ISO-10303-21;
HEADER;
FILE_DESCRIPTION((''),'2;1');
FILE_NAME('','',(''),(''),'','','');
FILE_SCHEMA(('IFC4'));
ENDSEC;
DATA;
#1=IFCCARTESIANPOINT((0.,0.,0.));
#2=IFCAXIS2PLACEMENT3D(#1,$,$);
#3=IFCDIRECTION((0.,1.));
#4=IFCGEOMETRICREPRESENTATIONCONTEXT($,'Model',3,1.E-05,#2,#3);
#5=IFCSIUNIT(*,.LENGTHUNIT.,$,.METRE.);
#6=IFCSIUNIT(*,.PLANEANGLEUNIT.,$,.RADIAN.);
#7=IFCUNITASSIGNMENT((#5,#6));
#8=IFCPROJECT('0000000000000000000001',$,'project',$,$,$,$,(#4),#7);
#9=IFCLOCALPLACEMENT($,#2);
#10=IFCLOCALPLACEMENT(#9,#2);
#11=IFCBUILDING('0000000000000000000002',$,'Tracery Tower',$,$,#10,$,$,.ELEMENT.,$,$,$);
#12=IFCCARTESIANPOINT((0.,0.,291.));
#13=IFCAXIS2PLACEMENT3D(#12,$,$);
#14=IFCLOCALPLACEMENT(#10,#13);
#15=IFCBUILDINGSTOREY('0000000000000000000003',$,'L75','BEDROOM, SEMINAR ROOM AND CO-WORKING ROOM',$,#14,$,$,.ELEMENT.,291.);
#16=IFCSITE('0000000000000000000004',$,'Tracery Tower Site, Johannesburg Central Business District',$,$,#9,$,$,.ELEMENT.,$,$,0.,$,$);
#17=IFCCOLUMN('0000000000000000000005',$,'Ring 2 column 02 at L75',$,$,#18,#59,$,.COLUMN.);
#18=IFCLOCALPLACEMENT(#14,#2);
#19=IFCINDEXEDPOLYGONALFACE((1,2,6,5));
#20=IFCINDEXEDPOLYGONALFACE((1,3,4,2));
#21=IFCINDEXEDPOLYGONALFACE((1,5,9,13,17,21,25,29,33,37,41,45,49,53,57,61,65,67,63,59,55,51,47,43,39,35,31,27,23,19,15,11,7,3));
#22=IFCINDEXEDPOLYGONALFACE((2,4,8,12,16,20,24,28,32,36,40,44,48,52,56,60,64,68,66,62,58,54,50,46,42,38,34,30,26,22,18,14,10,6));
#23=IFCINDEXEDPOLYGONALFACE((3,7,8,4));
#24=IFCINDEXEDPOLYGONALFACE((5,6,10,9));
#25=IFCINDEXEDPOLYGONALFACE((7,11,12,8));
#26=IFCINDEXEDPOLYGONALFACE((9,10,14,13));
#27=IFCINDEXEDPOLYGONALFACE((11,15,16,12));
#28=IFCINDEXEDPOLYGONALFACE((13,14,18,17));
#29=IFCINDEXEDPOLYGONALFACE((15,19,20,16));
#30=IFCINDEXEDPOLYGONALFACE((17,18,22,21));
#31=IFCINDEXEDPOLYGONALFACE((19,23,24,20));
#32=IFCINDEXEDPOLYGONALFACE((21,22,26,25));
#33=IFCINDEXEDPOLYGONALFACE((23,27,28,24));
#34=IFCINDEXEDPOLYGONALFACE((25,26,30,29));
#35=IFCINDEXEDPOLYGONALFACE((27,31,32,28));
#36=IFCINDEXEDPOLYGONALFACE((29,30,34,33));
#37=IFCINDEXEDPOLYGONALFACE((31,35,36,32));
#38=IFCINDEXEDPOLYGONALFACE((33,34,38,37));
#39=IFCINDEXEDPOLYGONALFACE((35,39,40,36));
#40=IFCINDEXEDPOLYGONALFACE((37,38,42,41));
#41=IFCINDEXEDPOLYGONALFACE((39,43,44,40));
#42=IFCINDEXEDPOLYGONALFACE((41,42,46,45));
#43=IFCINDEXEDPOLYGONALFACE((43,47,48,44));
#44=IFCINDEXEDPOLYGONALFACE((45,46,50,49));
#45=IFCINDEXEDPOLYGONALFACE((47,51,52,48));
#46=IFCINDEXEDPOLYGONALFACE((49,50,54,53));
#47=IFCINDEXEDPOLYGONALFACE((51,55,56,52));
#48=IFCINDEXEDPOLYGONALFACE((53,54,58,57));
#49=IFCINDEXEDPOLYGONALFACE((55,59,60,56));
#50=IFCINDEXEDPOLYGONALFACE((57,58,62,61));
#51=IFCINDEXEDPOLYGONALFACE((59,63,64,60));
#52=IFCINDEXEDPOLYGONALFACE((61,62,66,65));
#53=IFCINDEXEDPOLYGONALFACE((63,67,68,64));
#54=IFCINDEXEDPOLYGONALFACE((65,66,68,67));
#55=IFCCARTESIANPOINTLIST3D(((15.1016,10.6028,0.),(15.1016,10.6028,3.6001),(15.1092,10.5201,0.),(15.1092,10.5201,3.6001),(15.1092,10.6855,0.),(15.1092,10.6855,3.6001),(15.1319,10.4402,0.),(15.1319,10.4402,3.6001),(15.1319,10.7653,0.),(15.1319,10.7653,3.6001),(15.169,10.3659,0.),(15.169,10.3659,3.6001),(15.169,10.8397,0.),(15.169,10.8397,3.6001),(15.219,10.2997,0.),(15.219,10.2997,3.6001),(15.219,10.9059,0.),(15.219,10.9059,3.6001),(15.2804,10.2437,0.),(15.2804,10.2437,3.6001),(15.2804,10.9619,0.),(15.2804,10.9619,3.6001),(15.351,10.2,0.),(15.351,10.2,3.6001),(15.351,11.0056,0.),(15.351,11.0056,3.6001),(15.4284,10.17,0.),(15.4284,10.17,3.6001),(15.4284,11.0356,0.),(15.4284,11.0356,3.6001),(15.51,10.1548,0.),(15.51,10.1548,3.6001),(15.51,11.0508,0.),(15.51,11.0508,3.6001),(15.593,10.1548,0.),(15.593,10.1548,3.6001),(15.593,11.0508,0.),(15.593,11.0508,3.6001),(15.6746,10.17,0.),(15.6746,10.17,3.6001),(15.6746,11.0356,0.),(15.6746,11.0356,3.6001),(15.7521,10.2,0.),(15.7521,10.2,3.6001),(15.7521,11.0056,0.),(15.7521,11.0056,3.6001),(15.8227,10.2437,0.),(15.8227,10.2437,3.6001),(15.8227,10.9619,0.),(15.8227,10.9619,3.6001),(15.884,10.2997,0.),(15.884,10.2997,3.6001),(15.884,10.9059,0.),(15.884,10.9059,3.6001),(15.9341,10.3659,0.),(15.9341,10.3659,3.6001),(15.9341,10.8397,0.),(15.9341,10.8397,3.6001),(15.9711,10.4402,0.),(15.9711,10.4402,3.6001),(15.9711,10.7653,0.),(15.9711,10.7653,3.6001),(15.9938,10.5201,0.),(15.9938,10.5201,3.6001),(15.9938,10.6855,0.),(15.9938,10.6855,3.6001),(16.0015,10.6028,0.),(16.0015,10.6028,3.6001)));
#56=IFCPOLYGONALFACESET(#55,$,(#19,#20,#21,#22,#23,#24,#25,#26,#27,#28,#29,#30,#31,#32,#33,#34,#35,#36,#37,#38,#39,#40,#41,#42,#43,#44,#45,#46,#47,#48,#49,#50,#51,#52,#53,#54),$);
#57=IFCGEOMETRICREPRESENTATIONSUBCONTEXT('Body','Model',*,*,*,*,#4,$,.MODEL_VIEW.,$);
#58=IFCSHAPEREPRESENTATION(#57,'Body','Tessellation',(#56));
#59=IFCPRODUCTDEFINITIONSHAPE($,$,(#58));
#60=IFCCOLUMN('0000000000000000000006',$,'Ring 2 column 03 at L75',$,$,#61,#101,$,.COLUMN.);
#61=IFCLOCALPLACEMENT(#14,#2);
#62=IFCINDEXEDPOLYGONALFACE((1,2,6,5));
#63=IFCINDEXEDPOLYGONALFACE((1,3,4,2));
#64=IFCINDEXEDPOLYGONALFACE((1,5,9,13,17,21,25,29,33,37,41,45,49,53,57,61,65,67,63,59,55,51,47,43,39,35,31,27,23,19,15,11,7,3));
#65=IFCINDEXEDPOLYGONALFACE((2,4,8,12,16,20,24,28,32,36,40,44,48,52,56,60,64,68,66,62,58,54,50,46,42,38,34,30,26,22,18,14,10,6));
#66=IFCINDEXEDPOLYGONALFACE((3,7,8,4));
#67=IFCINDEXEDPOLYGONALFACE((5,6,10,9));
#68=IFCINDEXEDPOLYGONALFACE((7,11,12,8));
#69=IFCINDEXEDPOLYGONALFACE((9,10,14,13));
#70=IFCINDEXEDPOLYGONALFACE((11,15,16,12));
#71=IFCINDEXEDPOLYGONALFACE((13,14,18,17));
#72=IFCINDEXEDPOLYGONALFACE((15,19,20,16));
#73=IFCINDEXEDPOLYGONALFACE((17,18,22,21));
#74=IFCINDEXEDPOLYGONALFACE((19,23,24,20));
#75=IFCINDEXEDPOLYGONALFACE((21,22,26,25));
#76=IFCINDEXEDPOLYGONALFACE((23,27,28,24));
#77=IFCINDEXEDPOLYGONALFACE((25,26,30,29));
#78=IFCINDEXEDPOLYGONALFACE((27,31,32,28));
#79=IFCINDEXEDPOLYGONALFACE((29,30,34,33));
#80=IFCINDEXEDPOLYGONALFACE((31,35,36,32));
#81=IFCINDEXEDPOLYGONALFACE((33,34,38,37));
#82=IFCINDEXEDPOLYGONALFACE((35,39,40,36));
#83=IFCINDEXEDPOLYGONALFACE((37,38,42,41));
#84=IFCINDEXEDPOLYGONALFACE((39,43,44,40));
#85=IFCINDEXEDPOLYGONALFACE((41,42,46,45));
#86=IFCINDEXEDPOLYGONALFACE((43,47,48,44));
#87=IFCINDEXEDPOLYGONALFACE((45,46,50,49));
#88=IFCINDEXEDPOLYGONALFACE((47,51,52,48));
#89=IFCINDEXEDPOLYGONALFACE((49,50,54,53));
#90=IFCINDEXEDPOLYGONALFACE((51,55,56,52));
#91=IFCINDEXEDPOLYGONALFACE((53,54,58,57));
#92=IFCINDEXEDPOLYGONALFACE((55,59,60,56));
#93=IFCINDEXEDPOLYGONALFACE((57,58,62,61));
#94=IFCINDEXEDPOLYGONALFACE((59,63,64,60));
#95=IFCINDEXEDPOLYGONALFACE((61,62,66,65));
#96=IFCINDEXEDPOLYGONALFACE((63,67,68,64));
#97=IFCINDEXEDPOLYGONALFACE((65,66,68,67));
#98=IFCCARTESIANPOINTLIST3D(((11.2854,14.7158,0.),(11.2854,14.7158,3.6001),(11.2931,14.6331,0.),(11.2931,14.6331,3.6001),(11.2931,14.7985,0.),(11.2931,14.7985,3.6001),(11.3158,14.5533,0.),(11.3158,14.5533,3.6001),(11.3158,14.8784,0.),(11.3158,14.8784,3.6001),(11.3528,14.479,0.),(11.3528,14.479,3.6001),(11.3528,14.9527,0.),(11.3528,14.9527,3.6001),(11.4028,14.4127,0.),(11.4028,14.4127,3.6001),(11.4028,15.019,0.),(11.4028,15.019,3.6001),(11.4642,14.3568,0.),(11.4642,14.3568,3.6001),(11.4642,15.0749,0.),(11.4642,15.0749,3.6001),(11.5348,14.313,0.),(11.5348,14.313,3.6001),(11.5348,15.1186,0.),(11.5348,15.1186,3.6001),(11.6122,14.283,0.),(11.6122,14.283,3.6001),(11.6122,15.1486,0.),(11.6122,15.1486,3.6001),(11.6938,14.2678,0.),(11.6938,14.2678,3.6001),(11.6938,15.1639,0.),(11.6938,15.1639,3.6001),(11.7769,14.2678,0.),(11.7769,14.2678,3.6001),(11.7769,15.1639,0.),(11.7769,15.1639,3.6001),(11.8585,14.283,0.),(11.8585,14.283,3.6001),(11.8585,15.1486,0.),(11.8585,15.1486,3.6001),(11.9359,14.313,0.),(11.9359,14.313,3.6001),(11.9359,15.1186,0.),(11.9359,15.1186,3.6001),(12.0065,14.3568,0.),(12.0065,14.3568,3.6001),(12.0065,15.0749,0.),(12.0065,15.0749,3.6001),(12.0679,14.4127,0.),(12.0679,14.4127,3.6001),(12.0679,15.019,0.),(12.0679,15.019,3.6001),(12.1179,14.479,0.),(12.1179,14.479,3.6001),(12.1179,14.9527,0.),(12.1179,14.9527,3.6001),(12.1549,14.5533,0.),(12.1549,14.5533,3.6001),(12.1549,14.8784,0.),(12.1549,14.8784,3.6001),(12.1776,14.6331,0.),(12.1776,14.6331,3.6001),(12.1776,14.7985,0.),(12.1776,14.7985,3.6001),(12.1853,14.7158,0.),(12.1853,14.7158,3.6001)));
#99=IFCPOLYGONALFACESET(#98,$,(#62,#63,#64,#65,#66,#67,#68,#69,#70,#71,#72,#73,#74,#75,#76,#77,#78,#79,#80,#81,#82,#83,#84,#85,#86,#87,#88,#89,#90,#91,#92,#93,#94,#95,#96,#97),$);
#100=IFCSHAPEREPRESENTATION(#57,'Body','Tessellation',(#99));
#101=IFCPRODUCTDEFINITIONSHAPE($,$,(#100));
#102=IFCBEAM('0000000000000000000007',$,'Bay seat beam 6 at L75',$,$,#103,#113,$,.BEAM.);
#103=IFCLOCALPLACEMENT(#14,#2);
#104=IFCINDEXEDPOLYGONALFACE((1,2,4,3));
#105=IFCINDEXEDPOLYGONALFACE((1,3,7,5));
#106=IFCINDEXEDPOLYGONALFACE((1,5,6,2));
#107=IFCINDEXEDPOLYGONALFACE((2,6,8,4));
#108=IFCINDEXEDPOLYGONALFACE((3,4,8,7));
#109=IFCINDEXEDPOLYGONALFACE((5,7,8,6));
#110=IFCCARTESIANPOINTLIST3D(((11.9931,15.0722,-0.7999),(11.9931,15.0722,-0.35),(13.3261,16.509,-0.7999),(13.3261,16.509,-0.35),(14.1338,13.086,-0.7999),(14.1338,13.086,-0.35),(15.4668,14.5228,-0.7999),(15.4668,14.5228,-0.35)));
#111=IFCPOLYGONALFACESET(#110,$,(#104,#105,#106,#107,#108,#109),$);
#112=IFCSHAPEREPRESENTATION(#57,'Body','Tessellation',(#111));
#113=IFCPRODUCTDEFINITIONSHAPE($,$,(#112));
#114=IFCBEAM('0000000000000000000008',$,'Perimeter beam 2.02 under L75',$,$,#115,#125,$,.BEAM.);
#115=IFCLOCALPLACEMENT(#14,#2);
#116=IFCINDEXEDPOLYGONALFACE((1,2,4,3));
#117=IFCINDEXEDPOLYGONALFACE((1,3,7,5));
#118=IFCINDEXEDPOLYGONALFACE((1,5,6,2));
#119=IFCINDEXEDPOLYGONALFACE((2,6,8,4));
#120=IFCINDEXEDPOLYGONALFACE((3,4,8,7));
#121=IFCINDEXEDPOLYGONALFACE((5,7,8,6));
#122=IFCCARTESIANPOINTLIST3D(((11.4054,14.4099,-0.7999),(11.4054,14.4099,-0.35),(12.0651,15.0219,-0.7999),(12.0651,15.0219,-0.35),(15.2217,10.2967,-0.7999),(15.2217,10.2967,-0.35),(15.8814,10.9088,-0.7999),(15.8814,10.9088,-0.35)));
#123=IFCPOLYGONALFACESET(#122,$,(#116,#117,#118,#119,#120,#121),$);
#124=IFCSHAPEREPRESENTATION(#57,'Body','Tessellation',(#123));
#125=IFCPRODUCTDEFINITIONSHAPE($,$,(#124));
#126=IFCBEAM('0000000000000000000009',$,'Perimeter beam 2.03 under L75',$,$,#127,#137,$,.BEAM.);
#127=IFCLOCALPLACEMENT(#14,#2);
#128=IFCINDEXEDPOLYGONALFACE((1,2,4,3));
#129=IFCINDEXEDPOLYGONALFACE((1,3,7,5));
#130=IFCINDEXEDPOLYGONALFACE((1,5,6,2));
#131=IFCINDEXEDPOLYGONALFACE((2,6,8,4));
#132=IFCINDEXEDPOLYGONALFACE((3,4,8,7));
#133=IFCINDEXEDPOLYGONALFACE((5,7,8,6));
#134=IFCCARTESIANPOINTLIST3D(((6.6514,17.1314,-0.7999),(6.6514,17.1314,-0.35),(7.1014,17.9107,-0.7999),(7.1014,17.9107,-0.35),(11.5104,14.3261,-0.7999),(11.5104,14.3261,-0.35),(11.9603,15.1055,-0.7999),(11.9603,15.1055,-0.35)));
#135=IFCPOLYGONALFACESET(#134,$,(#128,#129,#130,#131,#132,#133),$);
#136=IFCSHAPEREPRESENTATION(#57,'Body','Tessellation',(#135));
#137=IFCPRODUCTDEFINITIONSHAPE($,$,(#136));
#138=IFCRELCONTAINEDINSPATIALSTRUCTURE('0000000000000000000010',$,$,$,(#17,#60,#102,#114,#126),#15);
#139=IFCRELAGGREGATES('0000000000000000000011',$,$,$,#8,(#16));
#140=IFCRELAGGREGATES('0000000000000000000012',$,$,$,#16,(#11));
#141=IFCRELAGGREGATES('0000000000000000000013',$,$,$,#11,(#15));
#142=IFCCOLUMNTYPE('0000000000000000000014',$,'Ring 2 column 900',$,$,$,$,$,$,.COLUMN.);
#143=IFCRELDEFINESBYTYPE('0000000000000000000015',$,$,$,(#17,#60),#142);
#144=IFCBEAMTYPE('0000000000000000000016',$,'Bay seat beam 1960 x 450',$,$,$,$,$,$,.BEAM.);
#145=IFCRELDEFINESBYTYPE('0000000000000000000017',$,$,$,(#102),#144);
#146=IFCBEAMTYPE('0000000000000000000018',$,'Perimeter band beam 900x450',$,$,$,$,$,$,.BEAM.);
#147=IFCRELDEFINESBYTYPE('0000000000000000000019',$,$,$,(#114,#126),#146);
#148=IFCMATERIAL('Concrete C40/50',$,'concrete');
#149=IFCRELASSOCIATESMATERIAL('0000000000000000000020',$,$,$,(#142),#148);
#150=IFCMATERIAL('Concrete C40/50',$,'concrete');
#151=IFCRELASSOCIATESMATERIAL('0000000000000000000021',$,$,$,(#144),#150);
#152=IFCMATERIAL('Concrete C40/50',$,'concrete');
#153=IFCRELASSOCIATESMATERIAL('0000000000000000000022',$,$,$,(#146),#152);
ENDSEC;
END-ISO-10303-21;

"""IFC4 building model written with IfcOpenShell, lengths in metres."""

from ifc_helpers import new_model, si_unit, direction, frame, origin, origin_2d, place, context, subcontext, project, spatial, rectangle, circle, extrude, material, material_profile, profile_set, type_object, element, save


model = new_model("IFC4")

# Units and contexts
model_context = context("Model", 3, precision=1e-05, world=origin(), true_north=direction((0.0, 1.0)))
body_context = subcontext(model_context, "Body", "Model", "MODEL_VIEW")
ifc_project = project(units=[si_unit("LENGTHUNIT", "METRE"), si_unit("PLANEANGLEUNIT", "RADIAN")], contexts=[model_context])

# Site, building, storey
site_placement = place(None, origin())
site = spatial("IfcSite", under=ifc_project, at=site_placement, Name="Tracery Tower Site, Johannesburg Central Business District", CompositionType="ELEMENT", RefElevation=0.0)
building_placement = place(site_placement, origin())
building = spatial("IfcBuilding", under=site, at=building_placement, Name="Tracery Tower", CompositionType="ELEMENT")
storey_placement = place(building_placement, frame((0.0, 0.0, 291.0)))
storey = spatial("IfcBuildingStorey", under=building, at=storey_placement, Name="L75", Description="BEDROOM, SEMINAR ROOM AND CO-WORKING ROOM", CompositionType="ELEMENT", Elevation=291.0)

# Columns
ifc_material_1 = material(Name="Concrete C40/50", Category="concrete")
ifc_material_profile_1 = material_profile(ifc_material_1, circle(Radius=0.45, at=origin_2d()), Name="RC D900")
ifc_profile_set_1 = profile_set([ifc_material_profile_1], Name="Concrete C40/50")
column_type = type_object("IfcColumnType", Name="Ring 2 column 900", PredefinedType="COLUMN", material=ifc_profile_set_1)
for number, where, z_axis, x_axis, name in (
    (1, (15.5515, 10.6028, 0.0), (0.0, 0.0, 1.0), (1.0, 0.0, 0.0), "Ring 2 column 02 at L75"),
    (2, (11.7354, 14.7158, 0.0), (0.0, 0.0, 1.0), (1.0, 0.0, 0.0), "Ring 2 column 03 at L75"),
):
    element("IfcColumn", number, at=place(storey_placement, frame(where, z_axis=z_axis, x_axis=x_axis)), inside=storey, type_object=column_type, Name=name, PredefinedType="COLUMN", context=body_context, shape_type="SweptSolid", body=[
        extrude(circle(Radius=0.45, at=origin_2d()), origin(), (0.0, 0.0, 1.0), 3.6001),
    ])

# Beams
ifc_material_2 = material(Name="Concrete C40/50", Category="concrete")
ifc_material_profile_2 = material_profile(ifc_material_2, rectangle(XDim=1.96, YDim=0.45, at=origin_2d()), Name="RC 1960x450")
ifc_profile_set_2 = profile_set([ifc_material_profile_2], Name="Concrete C40/50")
beam_type_1 = type_object("IfcBeamType", Name="Bay seat beam 1960 x 450", PredefinedType="BEAM", material=ifc_profile_set_2)
beam_1_placement = place(storey_placement, frame((14.8003, 13.8044, -0.575), z_axis=(-0.733073, 0.68015, 0.0), x_axis=(-0.68015, -0.733073, 0.0)))
element("IfcBeam", 3, at=beam_1_placement, inside=storey, type_object=beam_type_1, Name="Bay seat beam 6 at L75", PredefinedType="BEAM", context=body_context, shape_type="SweptSolid", body=[
    extrude(rectangle(XDim=1.96, YDim=0.45, at=origin_2d()), origin(), (0.0, 0.0, 1.0), 2.9202),
])
ifc_material_3 = material(Name="Concrete C40/50", Category="concrete")
ifc_material_profile_3 = material_profile(ifc_material_3, rectangle(XDim=0.8999, YDim=0.45, at=origin_2d()), Name="RC 900x450")
ifc_profile_set_3 = profile_set([ifc_material_profile_3], Name="Concrete C40/50")
beam_type_2 = type_object("IfcBeamType", Name="Perimeter band beam 900x450", PredefinedType="BEAM", material=ifc_profile_set_3)
beam_2_placement = place(storey_placement, frame((15.5515, 10.6028, -0.575), z_axis=(-0.680156, 0.733068, 0.0), x_axis=(-0.733068, -0.680156, 0.0)))
element("IfcBeam", 4, at=beam_2_placement, inside=storey, type_object=beam_type_2, Name="Perimeter beam 2.02 under L75", PredefinedType="BEAM", context=body_context, shape_type="SweptSolid", body=[
    extrude(rectangle(XDim=0.8999, YDim=0.45, at=origin_2d()), origin(), (0.0, 0.0, 1.0), 5.6108),
])
beam_3_placement = place(storey_placement, frame((11.7354, 14.7158, -0.575), z_axis=(-0.866033, 0.499986, 0.0), x_axis=(-0.499986, -0.866033, 0.0)))
element("IfcBeam", 5, at=beam_3_placement, inside=storey, type_object=beam_type_2, Name="Perimeter beam 2.03 under L75", PredefinedType="BEAM", context=body_context, shape_type="SweptSolid", body=[
    extrude(rectangle(XDim=0.8999, YDim=0.45, at=origin_2d()), origin(), (0.0, 0.0, 1.0), 5.6106),
])

save(model, "model.ifc")
